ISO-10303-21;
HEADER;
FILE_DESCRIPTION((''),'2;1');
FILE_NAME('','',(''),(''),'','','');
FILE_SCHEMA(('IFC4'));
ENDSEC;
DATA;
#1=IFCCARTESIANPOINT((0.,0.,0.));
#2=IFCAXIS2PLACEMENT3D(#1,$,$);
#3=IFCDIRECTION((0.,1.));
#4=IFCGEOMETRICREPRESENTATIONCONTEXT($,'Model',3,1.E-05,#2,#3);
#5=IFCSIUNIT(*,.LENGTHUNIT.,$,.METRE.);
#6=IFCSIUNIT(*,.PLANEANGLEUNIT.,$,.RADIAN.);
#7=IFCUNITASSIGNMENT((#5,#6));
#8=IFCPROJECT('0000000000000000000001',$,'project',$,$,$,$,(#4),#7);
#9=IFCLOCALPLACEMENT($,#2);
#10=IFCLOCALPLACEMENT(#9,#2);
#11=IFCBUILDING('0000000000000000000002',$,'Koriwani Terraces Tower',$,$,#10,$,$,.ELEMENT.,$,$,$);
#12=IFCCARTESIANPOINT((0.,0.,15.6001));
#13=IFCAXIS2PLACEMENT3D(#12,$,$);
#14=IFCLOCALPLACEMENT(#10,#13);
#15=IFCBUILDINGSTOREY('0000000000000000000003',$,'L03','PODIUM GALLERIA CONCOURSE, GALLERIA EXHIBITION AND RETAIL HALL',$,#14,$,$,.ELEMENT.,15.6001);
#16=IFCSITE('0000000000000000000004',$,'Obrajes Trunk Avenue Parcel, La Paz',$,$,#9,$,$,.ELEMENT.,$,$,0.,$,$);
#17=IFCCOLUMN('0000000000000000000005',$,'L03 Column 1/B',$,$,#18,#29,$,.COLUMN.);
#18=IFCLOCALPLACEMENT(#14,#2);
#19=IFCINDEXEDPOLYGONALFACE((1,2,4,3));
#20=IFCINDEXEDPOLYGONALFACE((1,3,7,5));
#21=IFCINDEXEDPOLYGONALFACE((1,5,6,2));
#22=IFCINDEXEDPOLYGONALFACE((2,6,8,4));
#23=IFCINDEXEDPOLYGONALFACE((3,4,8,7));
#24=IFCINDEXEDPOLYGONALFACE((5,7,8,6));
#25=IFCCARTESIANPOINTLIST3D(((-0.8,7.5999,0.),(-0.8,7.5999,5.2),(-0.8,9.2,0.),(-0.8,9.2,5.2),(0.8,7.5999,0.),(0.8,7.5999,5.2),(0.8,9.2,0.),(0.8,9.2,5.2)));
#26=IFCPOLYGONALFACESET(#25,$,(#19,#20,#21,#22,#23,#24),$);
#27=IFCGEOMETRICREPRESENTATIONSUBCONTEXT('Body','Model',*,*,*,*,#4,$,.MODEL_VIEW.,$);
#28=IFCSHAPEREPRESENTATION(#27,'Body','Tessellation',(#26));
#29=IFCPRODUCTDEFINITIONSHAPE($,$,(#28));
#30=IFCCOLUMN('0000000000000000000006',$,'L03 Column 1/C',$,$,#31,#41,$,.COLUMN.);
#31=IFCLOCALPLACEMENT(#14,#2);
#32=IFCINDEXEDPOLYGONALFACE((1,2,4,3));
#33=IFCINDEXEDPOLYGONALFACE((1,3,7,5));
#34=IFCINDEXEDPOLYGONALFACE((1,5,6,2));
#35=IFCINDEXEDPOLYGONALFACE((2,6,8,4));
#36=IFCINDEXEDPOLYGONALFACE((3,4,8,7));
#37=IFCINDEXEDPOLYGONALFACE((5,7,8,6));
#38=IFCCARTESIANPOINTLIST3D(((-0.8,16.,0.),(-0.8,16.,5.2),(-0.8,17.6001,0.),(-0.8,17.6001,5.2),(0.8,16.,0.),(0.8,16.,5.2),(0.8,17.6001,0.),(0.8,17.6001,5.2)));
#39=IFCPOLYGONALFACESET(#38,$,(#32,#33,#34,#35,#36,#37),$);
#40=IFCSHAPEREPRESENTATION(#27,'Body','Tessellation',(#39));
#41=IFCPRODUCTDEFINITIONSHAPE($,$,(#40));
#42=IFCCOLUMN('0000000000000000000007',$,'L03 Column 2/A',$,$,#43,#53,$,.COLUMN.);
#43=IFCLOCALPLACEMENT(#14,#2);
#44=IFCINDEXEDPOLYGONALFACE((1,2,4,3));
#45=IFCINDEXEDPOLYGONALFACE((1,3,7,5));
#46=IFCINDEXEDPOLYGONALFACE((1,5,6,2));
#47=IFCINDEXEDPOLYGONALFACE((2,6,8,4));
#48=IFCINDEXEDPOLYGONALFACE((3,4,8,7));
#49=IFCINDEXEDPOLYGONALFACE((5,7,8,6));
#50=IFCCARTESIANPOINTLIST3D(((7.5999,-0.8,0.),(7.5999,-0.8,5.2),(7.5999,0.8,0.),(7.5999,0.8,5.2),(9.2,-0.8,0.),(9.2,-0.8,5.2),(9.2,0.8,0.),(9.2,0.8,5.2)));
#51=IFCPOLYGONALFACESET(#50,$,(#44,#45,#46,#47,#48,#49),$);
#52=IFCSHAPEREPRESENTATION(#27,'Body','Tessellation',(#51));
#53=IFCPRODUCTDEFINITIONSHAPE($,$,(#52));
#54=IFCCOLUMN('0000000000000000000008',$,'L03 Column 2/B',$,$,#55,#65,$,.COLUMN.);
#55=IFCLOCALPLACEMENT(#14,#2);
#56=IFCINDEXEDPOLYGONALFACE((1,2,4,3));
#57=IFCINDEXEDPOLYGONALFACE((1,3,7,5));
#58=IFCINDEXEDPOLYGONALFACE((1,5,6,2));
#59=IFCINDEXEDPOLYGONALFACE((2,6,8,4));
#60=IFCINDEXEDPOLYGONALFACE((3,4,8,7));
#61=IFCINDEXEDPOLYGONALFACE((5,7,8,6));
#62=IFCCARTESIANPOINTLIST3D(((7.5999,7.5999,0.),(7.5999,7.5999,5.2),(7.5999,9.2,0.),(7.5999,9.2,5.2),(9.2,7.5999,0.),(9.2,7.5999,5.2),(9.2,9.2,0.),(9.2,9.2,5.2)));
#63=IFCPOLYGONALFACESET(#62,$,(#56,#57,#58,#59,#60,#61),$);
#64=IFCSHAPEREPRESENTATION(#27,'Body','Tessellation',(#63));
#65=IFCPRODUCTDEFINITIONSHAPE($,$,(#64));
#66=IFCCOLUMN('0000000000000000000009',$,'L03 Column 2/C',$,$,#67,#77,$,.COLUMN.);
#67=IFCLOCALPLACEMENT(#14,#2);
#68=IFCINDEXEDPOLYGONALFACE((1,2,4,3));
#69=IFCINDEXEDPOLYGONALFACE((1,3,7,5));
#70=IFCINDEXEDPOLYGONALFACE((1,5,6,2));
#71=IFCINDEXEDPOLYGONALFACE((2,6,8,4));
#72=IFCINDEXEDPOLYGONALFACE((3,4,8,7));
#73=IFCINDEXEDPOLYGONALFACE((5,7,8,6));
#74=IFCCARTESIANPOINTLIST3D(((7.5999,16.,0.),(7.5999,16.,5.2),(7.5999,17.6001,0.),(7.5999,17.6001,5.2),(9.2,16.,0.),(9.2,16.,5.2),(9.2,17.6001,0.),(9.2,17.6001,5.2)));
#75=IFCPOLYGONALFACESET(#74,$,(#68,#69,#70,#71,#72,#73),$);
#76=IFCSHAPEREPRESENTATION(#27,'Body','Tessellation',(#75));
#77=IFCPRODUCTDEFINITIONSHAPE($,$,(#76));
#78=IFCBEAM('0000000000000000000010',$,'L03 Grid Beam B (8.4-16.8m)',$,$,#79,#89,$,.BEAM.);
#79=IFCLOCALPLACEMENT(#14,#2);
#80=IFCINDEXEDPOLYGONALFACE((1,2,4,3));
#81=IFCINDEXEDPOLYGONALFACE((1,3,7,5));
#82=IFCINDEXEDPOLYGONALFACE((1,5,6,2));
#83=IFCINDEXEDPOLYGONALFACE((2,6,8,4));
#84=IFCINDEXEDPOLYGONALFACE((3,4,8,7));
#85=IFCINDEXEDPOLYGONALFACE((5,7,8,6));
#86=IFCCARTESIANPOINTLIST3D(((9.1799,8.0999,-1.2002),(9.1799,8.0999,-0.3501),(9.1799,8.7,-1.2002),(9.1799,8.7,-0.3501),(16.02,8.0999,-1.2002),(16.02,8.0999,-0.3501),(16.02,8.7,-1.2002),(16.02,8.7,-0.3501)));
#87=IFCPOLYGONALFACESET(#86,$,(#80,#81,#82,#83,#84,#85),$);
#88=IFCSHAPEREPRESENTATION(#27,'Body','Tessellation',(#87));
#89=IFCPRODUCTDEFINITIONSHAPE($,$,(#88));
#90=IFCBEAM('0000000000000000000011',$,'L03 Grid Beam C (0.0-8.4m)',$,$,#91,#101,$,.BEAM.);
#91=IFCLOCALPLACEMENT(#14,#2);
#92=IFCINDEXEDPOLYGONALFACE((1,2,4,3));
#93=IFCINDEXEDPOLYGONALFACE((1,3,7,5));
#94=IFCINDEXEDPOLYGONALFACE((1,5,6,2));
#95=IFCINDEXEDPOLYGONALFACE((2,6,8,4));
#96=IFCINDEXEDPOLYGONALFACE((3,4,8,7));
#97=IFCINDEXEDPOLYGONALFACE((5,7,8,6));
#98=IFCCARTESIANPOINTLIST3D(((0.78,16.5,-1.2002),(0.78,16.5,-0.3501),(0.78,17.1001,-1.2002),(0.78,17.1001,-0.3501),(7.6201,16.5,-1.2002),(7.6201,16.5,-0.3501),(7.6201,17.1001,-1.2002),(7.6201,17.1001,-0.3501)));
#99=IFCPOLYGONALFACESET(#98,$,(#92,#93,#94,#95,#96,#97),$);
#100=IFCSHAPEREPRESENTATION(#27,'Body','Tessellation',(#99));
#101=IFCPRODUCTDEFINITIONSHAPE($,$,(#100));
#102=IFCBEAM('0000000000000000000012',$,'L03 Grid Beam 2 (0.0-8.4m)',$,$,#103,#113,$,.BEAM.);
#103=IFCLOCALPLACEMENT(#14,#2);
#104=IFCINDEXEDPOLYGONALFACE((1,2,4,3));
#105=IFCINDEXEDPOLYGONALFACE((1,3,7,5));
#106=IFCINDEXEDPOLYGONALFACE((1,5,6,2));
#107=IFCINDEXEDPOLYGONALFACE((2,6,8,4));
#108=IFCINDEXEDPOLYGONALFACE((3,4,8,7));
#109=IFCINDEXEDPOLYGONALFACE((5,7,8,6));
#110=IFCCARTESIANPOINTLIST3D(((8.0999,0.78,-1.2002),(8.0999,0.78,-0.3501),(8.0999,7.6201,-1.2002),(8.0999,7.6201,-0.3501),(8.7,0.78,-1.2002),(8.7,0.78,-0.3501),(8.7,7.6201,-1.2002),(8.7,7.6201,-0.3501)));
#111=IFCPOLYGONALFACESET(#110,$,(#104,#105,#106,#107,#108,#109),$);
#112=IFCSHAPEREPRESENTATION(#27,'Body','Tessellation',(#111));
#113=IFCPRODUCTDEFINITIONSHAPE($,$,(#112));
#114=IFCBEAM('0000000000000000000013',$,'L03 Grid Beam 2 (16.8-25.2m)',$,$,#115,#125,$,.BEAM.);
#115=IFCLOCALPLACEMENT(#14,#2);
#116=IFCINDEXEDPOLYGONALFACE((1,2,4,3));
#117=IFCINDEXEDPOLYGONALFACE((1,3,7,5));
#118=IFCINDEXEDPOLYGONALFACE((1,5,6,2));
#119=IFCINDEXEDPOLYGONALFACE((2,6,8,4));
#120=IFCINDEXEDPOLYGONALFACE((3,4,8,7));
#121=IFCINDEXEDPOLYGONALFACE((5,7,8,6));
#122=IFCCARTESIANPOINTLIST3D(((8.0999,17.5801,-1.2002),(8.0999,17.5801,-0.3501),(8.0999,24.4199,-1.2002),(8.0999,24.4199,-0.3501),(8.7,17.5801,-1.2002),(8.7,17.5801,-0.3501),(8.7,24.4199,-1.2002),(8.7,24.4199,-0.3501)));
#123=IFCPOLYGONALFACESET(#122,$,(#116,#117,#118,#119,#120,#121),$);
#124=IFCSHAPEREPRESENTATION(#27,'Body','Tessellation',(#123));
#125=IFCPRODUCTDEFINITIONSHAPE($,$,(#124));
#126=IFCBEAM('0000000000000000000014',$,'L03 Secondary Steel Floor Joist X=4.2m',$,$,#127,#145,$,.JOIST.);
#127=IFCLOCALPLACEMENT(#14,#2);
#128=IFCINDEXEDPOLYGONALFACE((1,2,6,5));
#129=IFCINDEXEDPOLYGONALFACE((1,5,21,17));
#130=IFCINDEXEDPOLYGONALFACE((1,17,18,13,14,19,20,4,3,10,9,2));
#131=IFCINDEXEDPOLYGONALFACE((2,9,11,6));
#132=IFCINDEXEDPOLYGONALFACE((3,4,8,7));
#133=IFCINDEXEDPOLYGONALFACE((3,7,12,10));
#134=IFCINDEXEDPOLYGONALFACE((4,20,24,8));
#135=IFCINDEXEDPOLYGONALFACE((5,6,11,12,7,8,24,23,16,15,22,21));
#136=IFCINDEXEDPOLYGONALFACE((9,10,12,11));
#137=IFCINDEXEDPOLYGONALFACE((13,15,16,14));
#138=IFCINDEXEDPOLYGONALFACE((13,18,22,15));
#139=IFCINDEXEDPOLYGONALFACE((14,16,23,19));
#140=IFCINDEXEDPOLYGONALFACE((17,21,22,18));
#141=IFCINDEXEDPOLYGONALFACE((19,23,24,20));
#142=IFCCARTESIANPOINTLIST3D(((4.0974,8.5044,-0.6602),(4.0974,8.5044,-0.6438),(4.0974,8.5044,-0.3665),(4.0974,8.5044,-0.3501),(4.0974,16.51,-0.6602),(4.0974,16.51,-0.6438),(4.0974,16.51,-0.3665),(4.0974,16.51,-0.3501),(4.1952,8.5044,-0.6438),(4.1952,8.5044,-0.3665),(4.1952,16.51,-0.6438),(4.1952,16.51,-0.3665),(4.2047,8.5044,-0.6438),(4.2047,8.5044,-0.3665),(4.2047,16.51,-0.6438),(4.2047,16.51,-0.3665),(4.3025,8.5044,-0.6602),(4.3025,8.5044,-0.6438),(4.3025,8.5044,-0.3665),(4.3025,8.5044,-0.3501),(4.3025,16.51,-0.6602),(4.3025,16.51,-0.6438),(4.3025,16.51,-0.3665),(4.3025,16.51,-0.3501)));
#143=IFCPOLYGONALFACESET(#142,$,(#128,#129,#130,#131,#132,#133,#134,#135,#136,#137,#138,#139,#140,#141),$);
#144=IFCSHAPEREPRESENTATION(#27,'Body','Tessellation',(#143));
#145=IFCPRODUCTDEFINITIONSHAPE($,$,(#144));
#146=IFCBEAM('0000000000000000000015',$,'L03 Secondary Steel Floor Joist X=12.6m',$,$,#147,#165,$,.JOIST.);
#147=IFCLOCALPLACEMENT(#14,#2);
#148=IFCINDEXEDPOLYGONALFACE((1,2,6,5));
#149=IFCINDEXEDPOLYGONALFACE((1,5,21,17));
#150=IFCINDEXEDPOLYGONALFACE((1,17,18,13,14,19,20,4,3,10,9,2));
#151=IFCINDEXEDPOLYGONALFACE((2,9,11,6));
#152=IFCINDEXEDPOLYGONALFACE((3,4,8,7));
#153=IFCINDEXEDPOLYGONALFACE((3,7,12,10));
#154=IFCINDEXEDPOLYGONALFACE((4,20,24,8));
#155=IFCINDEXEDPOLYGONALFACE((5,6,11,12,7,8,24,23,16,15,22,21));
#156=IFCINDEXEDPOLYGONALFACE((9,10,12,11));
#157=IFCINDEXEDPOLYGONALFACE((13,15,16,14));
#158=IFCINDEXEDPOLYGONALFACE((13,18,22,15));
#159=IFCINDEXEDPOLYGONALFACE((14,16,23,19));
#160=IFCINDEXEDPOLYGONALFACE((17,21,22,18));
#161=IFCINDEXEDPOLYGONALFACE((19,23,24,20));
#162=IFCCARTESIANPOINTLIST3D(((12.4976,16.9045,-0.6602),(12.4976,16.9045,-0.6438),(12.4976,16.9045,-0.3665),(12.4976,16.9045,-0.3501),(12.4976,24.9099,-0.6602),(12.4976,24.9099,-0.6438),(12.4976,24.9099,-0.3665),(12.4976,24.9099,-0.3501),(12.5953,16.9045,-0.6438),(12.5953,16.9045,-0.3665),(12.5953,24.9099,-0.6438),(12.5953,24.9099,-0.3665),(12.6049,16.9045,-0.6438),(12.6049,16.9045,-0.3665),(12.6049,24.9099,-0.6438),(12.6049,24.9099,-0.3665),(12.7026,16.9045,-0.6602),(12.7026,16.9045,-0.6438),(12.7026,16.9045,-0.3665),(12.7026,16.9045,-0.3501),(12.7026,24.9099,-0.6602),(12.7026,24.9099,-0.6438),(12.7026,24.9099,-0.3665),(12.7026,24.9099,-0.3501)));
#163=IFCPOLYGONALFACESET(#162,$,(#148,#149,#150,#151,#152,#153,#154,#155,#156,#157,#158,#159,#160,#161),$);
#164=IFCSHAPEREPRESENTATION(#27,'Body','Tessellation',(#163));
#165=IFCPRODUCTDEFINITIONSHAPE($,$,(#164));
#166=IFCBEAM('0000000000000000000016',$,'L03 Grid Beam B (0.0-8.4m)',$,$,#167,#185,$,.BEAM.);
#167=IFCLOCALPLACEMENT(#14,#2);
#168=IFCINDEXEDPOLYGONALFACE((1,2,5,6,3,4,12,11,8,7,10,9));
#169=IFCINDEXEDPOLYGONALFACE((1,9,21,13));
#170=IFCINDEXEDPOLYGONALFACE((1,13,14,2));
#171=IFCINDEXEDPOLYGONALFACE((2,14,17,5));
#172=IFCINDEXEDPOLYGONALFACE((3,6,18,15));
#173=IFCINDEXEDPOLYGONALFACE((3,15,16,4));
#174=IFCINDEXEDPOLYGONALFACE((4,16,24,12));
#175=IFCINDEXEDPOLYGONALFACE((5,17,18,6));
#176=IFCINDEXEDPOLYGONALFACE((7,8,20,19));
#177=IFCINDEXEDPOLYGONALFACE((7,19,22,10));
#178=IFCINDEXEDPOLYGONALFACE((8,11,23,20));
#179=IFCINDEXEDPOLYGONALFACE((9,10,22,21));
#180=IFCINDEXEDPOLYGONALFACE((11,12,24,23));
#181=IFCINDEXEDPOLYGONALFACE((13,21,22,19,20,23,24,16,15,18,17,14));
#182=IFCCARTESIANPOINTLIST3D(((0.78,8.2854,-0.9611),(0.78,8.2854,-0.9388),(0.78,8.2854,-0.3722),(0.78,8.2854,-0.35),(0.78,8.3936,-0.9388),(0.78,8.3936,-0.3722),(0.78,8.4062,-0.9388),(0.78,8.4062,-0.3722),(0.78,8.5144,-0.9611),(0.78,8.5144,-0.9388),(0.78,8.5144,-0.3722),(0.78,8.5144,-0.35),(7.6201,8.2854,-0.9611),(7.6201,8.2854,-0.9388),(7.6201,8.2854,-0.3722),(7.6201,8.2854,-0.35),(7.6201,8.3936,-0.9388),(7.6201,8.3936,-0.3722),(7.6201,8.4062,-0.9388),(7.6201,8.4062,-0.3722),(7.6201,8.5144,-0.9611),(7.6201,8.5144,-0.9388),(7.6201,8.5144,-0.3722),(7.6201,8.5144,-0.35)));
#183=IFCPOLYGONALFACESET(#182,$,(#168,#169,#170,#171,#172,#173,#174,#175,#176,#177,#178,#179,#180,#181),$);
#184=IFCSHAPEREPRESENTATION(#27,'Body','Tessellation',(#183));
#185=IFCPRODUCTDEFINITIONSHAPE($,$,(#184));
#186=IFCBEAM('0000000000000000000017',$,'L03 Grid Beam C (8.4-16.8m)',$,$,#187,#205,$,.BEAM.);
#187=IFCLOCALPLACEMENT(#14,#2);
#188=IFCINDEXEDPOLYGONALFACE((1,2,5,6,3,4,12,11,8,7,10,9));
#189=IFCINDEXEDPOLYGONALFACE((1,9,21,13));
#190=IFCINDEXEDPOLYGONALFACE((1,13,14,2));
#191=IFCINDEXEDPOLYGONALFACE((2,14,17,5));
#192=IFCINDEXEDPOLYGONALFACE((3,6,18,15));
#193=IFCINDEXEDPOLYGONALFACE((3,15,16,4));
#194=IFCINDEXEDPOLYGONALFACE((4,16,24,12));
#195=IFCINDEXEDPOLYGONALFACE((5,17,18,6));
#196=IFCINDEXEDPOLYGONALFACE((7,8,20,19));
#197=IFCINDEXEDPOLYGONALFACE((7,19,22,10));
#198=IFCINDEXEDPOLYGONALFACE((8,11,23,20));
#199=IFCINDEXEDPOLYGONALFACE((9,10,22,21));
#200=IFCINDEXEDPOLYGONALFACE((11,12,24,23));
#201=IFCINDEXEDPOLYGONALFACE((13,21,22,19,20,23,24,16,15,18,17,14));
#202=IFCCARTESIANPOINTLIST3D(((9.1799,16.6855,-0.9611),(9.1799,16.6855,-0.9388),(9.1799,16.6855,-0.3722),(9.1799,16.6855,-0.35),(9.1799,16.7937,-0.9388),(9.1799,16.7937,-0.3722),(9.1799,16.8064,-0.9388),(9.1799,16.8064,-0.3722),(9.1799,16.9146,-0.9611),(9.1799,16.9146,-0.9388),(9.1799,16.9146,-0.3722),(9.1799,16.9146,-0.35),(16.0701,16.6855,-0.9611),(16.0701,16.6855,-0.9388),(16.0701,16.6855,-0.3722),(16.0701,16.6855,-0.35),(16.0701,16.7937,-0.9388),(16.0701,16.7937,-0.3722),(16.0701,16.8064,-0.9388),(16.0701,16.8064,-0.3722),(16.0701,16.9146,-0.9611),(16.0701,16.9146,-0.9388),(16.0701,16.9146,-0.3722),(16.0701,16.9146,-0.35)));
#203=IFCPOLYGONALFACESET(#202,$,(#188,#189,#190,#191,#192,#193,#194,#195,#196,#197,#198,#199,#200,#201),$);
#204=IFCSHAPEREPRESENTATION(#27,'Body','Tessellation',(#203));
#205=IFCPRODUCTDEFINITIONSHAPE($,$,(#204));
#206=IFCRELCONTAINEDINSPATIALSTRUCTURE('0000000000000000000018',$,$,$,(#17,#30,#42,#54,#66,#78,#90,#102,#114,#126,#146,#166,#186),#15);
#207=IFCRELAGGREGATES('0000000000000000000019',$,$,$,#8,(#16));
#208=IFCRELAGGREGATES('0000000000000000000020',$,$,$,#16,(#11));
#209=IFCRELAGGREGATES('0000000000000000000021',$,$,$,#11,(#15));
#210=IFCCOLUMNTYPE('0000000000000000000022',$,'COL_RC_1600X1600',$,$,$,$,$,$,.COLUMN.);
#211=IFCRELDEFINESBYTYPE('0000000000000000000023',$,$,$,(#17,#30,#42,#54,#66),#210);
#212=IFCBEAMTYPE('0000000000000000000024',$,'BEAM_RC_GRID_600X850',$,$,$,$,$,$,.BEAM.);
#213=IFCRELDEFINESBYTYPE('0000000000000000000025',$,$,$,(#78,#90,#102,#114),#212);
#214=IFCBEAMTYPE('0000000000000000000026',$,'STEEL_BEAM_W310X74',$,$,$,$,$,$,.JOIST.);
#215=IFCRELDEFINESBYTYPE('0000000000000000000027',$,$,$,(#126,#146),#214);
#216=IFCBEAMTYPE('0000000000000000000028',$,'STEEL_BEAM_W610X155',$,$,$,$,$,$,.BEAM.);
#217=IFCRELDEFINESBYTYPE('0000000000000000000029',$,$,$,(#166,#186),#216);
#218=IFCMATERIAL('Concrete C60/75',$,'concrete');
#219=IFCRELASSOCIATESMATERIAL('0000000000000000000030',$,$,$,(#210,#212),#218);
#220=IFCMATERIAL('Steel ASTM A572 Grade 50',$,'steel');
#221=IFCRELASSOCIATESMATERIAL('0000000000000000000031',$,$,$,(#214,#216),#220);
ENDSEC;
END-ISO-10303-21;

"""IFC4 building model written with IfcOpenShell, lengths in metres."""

from ifc_helpers import new_model, si_unit, direction, frame, origin, origin_2d, place, context, subcontext, project, spatial, rectangle, i_section, extrude, material, material_profile, profile_set, type_object, element, save


model = new_model("IFC4")

# Units and contexts
model_context = context("Model", 3, precision=1e-05, world=origin(), true_north=direction((0.0, 1.0)))
body_context = subcontext(model_context, "Body", "Model", "MODEL_VIEW")
ifc_project = project(units=[si_unit("LENGTHUNIT", "METRE"), si_unit("PLANEANGLEUNIT", "RADIAN")], contexts=[model_context])

# Site, building, storey
site_placement = place(None, origin())
site = spatial("IfcSite", under=ifc_project, at=site_placement, Name="Obrajes Trunk Avenue Parcel, La Paz", CompositionType="ELEMENT", RefElevation=0.0)
building_placement = place(site_placement, origin())
building = spatial("IfcBuilding", under=site, at=building_placement, Name="Koriwani Terraces Tower", CompositionType="ELEMENT")
storey_placement = place(building_placement, frame((0.0, 0.0, 15.6001)))
storey = spatial("IfcBuildingStorey", under=building, at=storey_placement, Name="L03", Description="PODIUM GALLERIA CONCOURSE, GALLERIA EXHIBITION AND RETAIL HALL", CompositionType="ELEMENT", Elevation=15.6001)

# Columns
ifc_material_1 = material(Name="Concrete C60/75", Category="concrete")
ifc_material_profile_1 = material_profile(ifc_material_1, rectangle(XDim=1.6001, YDim=1.6001, at=origin_2d()), Name="Concrete C60/75", Category="LoadBearing")
ifc_profile_set_1 = profile_set([ifc_material_profile_1], Name="Concrete C60/75")
column_type = type_object("IfcColumnType", Name="COL_RC_1600X1600", PredefinedType="COLUMN", material=ifc_profile_set_1)
for number, where, z_axis, x_axis, name in (
    (1, (0.0, 8.3999, 0.0), (0.0, 0.0, 1.0), (1.0, 0.0, 0.0), "L03 Column 1/B"),
    (2, (0.0, 16.8, 0.0), (0.0, 0.0, 1.0), (1.0, 0.0, 0.0), "L03 Column 1/C"),
    (3, (8.3999, 0.0, 0.0), (0.0, 0.0, 1.0), (1.0, 0.0, 0.0), "L03 Column 2/A"),
    (4, (8.3999, 8.3999, 0.0), (0.0, 0.0, 1.0), (1.0, 0.0, 0.0), "L03 Column 2/B"),
    (5, (8.3999, 16.8, 0.0), (0.0, 0.0, 1.0), (1.0, 0.0, 0.0), "L03 Column 2/C"),
):
    element("IfcColumn", number, at=place(storey_placement, frame(where, z_axis=z_axis, x_axis=x_axis)), inside=storey, type_object=column_type, Name=name, PredefinedType="COLUMN", context=body_context, shape_type="SweptSolid", body=[
        extrude(rectangle(XDim=1.6001, YDim=1.6001, at=origin_2d()), origin(), (0.0, 0.0, 1.0), 5.2),
    ])

# Beams
ifc_material_profile_2 = material_profile(ifc_material_1, rectangle(XDim=0.6001, YDim=0.8501, at=origin_2d()), Name="Concrete C60/75", Category="LoadBearing")
ifc_profile_set_2 = profile_set([ifc_material_profile_2], Name="Concrete C60/75")
beam_type_1 = type_object("IfcBeamType", Name="BEAM_RC_GRID_600X850", PredefinedType="BEAM", material=ifc_profile_set_2)
for number, where, z_axis, x_axis, name in (
    (6, (9.1799, 8.3999, -0.7751), (1.0, 0.0, 0.0), (0.0, 1.0, 0.0), "L03 Grid Beam B (8.4-16.8m)"),
    (7, (0.78, 16.8, -0.7751), (1.0, 0.0, 0.0), (0.0, 1.0, 0.0), "L03 Grid Beam C (0.0-8.4m)"),
    (8, (8.3999, 0.78, -0.7751), (0.0, 1.0, 0.0), (-1.0, 0.0, 0.0), "L03 Grid Beam 2 (0.0-8.4m)"),
):
    element("IfcBeam", number, at=place(storey_placement, frame(where, z_axis=z_axis, x_axis=x_axis)), inside=storey, type_object=beam_type_1, Name=name, PredefinedType="BEAM", context=body_context, shape_type="SweptSolid", body=[
        extrude(rectangle(XDim=0.6001, YDim=0.8501, at=origin_2d()), origin(), (0.0, 0.0, 1.0), 6.8401),
    ])
beam_1_placement = place(storey_placement, frame((8.3999, 17.5801, -0.7751), z_axis=(0.0, 1.0, 0.0), x_axis=(-1.0, 0.0, 0.0)))
element("IfcBeam", 9, at=beam_1_placement, inside=storey, type_object=beam_type_1, Name="L03 Grid Beam 2 (16.8-25.2m)", PredefinedType="BEAM", context=body_context, shape_type="SweptSolid", body=[
    extrude(rectangle(XDim=0.6001, YDim=0.8501, at=origin_2d()), origin(), (0.0, 0.0, 1.0), 6.8398),
])
ifc_material_2 = material(Name="Steel ASTM A572 Grade 50", Category="steel")
ifc_material_profile_3 = material_profile(ifc_material_2, i_section(OverallWidth=0.2051, OverallDepth=0.3101, WebThickness=0.0095, FlangeThickness=0.0164, at=origin_2d()), Name="Steel ASTM A572 Grade 50", Category="LoadBearing")
ifc_profile_set_3 = profile_set([ifc_material_profile_3], Name="Steel ASTM A572 Grade 50")
beam_type_2 = type_object("IfcBeamType", Name="STEEL_BEAM_W310X74", PredefinedType="JOIST", material=ifc_profile_set_3)
beam_2_placement = place(storey_placement, frame((4.2, 8.5044, -0.5051), z_axis=(0.0, 1.0, 0.0), x_axis=(-1.0, 0.0, 0.0)))
element("IfcBeam", 10, at=beam_2_placement, inside=storey, type_object=beam_type_2, Name="L03 Secondary Steel Floor Joist X=4.2m", PredefinedType="JOIST", context=body_context, shape_type="SweptSolid", body=[
    extrude(i_section(OverallWidth=0.2051, OverallDepth=0.3101, WebThickness=0.0095, FlangeThickness=0.0164, at=origin_2d()), origin(), (0.0, 0.0, 1.0), 8.0056),
])
beam_3_placement = place(storey_placement, frame((12.6001, 16.9045, -0.5051), z_axis=(0.0, 1.0, 0.0), x_axis=(-1.0, 0.0, 0.0)))
element("IfcBeam", 11, at=beam_3_placement, inside=storey, type_object=beam_type_2, Name="L03 Secondary Steel Floor Joist X=12.6m", PredefinedType="JOIST", context=body_context, shape_type="SweptSolid", body=[
    extrude(i_section(OverallWidth=0.2051, OverallDepth=0.3101, WebThickness=0.0095, FlangeThickness=0.0164, at=origin_2d()), origin(), (0.0, 0.0, 1.0), 8.0054),
])
ifc_material_profile_4 = material_profile(ifc_material_2, i_section(OverallWidth=0.229, OverallDepth=0.6111, WebThickness=0.0127, FlangeThickness=0.0222, at=origin_2d()), Name="Steel ASTM A572 Grade 50", Category="LoadBearing")
ifc_profile_set_4 = profile_set([ifc_material_profile_4], Name="Steel ASTM A572 Grade 50")
beam_type_3 = type_object("IfcBeamType", Name="STEEL_BEAM_W610X155", PredefinedType="BEAM", material=ifc_profile_set_4)
beam_4_placement = place(storey_placement, frame((0.78, 8.3999, -0.6555), z_axis=(1.0, 0.0, 0.0), x_axis=(0.0, 1.0, 0.0)))
element("IfcBeam", 12, at=beam_4_placement, inside=storey, type_object=beam_type_3, Name="L03 Grid Beam B (0.0-8.4m)", PredefinedType="BEAM", context=body_context, shape_type="SweptSolid", body=[
    extrude(i_section(OverallWidth=0.229, OverallDepth=0.6111, WebThickness=0.0127, FlangeThickness=0.0222, at=origin_2d()), origin(), (0.0, 0.0, 1.0), 6.8401),
])
beam_5_placement = place(storey_placement, frame((9.1799, 16.8, -0.6555), z_axis=(1.0, 0.0, 0.0), x_axis=(0.0, 1.0, 0.0)))
element("IfcBeam", 13, at=beam_5_placement, inside=storey, type_object=beam_type_3, Name="L03 Grid Beam C (8.4-16.8m)", PredefinedType="BEAM", context=body_context, shape_type="SweptSolid", body=[
    extrude(i_section(OverallWidth=0.229, OverallDepth=0.6111, WebThickness=0.0127, FlangeThickness=0.0222, at=origin_2d()), origin(), (0.0, 0.0, 1.0), 6.8901),
])

save(model, "model.ifc")
